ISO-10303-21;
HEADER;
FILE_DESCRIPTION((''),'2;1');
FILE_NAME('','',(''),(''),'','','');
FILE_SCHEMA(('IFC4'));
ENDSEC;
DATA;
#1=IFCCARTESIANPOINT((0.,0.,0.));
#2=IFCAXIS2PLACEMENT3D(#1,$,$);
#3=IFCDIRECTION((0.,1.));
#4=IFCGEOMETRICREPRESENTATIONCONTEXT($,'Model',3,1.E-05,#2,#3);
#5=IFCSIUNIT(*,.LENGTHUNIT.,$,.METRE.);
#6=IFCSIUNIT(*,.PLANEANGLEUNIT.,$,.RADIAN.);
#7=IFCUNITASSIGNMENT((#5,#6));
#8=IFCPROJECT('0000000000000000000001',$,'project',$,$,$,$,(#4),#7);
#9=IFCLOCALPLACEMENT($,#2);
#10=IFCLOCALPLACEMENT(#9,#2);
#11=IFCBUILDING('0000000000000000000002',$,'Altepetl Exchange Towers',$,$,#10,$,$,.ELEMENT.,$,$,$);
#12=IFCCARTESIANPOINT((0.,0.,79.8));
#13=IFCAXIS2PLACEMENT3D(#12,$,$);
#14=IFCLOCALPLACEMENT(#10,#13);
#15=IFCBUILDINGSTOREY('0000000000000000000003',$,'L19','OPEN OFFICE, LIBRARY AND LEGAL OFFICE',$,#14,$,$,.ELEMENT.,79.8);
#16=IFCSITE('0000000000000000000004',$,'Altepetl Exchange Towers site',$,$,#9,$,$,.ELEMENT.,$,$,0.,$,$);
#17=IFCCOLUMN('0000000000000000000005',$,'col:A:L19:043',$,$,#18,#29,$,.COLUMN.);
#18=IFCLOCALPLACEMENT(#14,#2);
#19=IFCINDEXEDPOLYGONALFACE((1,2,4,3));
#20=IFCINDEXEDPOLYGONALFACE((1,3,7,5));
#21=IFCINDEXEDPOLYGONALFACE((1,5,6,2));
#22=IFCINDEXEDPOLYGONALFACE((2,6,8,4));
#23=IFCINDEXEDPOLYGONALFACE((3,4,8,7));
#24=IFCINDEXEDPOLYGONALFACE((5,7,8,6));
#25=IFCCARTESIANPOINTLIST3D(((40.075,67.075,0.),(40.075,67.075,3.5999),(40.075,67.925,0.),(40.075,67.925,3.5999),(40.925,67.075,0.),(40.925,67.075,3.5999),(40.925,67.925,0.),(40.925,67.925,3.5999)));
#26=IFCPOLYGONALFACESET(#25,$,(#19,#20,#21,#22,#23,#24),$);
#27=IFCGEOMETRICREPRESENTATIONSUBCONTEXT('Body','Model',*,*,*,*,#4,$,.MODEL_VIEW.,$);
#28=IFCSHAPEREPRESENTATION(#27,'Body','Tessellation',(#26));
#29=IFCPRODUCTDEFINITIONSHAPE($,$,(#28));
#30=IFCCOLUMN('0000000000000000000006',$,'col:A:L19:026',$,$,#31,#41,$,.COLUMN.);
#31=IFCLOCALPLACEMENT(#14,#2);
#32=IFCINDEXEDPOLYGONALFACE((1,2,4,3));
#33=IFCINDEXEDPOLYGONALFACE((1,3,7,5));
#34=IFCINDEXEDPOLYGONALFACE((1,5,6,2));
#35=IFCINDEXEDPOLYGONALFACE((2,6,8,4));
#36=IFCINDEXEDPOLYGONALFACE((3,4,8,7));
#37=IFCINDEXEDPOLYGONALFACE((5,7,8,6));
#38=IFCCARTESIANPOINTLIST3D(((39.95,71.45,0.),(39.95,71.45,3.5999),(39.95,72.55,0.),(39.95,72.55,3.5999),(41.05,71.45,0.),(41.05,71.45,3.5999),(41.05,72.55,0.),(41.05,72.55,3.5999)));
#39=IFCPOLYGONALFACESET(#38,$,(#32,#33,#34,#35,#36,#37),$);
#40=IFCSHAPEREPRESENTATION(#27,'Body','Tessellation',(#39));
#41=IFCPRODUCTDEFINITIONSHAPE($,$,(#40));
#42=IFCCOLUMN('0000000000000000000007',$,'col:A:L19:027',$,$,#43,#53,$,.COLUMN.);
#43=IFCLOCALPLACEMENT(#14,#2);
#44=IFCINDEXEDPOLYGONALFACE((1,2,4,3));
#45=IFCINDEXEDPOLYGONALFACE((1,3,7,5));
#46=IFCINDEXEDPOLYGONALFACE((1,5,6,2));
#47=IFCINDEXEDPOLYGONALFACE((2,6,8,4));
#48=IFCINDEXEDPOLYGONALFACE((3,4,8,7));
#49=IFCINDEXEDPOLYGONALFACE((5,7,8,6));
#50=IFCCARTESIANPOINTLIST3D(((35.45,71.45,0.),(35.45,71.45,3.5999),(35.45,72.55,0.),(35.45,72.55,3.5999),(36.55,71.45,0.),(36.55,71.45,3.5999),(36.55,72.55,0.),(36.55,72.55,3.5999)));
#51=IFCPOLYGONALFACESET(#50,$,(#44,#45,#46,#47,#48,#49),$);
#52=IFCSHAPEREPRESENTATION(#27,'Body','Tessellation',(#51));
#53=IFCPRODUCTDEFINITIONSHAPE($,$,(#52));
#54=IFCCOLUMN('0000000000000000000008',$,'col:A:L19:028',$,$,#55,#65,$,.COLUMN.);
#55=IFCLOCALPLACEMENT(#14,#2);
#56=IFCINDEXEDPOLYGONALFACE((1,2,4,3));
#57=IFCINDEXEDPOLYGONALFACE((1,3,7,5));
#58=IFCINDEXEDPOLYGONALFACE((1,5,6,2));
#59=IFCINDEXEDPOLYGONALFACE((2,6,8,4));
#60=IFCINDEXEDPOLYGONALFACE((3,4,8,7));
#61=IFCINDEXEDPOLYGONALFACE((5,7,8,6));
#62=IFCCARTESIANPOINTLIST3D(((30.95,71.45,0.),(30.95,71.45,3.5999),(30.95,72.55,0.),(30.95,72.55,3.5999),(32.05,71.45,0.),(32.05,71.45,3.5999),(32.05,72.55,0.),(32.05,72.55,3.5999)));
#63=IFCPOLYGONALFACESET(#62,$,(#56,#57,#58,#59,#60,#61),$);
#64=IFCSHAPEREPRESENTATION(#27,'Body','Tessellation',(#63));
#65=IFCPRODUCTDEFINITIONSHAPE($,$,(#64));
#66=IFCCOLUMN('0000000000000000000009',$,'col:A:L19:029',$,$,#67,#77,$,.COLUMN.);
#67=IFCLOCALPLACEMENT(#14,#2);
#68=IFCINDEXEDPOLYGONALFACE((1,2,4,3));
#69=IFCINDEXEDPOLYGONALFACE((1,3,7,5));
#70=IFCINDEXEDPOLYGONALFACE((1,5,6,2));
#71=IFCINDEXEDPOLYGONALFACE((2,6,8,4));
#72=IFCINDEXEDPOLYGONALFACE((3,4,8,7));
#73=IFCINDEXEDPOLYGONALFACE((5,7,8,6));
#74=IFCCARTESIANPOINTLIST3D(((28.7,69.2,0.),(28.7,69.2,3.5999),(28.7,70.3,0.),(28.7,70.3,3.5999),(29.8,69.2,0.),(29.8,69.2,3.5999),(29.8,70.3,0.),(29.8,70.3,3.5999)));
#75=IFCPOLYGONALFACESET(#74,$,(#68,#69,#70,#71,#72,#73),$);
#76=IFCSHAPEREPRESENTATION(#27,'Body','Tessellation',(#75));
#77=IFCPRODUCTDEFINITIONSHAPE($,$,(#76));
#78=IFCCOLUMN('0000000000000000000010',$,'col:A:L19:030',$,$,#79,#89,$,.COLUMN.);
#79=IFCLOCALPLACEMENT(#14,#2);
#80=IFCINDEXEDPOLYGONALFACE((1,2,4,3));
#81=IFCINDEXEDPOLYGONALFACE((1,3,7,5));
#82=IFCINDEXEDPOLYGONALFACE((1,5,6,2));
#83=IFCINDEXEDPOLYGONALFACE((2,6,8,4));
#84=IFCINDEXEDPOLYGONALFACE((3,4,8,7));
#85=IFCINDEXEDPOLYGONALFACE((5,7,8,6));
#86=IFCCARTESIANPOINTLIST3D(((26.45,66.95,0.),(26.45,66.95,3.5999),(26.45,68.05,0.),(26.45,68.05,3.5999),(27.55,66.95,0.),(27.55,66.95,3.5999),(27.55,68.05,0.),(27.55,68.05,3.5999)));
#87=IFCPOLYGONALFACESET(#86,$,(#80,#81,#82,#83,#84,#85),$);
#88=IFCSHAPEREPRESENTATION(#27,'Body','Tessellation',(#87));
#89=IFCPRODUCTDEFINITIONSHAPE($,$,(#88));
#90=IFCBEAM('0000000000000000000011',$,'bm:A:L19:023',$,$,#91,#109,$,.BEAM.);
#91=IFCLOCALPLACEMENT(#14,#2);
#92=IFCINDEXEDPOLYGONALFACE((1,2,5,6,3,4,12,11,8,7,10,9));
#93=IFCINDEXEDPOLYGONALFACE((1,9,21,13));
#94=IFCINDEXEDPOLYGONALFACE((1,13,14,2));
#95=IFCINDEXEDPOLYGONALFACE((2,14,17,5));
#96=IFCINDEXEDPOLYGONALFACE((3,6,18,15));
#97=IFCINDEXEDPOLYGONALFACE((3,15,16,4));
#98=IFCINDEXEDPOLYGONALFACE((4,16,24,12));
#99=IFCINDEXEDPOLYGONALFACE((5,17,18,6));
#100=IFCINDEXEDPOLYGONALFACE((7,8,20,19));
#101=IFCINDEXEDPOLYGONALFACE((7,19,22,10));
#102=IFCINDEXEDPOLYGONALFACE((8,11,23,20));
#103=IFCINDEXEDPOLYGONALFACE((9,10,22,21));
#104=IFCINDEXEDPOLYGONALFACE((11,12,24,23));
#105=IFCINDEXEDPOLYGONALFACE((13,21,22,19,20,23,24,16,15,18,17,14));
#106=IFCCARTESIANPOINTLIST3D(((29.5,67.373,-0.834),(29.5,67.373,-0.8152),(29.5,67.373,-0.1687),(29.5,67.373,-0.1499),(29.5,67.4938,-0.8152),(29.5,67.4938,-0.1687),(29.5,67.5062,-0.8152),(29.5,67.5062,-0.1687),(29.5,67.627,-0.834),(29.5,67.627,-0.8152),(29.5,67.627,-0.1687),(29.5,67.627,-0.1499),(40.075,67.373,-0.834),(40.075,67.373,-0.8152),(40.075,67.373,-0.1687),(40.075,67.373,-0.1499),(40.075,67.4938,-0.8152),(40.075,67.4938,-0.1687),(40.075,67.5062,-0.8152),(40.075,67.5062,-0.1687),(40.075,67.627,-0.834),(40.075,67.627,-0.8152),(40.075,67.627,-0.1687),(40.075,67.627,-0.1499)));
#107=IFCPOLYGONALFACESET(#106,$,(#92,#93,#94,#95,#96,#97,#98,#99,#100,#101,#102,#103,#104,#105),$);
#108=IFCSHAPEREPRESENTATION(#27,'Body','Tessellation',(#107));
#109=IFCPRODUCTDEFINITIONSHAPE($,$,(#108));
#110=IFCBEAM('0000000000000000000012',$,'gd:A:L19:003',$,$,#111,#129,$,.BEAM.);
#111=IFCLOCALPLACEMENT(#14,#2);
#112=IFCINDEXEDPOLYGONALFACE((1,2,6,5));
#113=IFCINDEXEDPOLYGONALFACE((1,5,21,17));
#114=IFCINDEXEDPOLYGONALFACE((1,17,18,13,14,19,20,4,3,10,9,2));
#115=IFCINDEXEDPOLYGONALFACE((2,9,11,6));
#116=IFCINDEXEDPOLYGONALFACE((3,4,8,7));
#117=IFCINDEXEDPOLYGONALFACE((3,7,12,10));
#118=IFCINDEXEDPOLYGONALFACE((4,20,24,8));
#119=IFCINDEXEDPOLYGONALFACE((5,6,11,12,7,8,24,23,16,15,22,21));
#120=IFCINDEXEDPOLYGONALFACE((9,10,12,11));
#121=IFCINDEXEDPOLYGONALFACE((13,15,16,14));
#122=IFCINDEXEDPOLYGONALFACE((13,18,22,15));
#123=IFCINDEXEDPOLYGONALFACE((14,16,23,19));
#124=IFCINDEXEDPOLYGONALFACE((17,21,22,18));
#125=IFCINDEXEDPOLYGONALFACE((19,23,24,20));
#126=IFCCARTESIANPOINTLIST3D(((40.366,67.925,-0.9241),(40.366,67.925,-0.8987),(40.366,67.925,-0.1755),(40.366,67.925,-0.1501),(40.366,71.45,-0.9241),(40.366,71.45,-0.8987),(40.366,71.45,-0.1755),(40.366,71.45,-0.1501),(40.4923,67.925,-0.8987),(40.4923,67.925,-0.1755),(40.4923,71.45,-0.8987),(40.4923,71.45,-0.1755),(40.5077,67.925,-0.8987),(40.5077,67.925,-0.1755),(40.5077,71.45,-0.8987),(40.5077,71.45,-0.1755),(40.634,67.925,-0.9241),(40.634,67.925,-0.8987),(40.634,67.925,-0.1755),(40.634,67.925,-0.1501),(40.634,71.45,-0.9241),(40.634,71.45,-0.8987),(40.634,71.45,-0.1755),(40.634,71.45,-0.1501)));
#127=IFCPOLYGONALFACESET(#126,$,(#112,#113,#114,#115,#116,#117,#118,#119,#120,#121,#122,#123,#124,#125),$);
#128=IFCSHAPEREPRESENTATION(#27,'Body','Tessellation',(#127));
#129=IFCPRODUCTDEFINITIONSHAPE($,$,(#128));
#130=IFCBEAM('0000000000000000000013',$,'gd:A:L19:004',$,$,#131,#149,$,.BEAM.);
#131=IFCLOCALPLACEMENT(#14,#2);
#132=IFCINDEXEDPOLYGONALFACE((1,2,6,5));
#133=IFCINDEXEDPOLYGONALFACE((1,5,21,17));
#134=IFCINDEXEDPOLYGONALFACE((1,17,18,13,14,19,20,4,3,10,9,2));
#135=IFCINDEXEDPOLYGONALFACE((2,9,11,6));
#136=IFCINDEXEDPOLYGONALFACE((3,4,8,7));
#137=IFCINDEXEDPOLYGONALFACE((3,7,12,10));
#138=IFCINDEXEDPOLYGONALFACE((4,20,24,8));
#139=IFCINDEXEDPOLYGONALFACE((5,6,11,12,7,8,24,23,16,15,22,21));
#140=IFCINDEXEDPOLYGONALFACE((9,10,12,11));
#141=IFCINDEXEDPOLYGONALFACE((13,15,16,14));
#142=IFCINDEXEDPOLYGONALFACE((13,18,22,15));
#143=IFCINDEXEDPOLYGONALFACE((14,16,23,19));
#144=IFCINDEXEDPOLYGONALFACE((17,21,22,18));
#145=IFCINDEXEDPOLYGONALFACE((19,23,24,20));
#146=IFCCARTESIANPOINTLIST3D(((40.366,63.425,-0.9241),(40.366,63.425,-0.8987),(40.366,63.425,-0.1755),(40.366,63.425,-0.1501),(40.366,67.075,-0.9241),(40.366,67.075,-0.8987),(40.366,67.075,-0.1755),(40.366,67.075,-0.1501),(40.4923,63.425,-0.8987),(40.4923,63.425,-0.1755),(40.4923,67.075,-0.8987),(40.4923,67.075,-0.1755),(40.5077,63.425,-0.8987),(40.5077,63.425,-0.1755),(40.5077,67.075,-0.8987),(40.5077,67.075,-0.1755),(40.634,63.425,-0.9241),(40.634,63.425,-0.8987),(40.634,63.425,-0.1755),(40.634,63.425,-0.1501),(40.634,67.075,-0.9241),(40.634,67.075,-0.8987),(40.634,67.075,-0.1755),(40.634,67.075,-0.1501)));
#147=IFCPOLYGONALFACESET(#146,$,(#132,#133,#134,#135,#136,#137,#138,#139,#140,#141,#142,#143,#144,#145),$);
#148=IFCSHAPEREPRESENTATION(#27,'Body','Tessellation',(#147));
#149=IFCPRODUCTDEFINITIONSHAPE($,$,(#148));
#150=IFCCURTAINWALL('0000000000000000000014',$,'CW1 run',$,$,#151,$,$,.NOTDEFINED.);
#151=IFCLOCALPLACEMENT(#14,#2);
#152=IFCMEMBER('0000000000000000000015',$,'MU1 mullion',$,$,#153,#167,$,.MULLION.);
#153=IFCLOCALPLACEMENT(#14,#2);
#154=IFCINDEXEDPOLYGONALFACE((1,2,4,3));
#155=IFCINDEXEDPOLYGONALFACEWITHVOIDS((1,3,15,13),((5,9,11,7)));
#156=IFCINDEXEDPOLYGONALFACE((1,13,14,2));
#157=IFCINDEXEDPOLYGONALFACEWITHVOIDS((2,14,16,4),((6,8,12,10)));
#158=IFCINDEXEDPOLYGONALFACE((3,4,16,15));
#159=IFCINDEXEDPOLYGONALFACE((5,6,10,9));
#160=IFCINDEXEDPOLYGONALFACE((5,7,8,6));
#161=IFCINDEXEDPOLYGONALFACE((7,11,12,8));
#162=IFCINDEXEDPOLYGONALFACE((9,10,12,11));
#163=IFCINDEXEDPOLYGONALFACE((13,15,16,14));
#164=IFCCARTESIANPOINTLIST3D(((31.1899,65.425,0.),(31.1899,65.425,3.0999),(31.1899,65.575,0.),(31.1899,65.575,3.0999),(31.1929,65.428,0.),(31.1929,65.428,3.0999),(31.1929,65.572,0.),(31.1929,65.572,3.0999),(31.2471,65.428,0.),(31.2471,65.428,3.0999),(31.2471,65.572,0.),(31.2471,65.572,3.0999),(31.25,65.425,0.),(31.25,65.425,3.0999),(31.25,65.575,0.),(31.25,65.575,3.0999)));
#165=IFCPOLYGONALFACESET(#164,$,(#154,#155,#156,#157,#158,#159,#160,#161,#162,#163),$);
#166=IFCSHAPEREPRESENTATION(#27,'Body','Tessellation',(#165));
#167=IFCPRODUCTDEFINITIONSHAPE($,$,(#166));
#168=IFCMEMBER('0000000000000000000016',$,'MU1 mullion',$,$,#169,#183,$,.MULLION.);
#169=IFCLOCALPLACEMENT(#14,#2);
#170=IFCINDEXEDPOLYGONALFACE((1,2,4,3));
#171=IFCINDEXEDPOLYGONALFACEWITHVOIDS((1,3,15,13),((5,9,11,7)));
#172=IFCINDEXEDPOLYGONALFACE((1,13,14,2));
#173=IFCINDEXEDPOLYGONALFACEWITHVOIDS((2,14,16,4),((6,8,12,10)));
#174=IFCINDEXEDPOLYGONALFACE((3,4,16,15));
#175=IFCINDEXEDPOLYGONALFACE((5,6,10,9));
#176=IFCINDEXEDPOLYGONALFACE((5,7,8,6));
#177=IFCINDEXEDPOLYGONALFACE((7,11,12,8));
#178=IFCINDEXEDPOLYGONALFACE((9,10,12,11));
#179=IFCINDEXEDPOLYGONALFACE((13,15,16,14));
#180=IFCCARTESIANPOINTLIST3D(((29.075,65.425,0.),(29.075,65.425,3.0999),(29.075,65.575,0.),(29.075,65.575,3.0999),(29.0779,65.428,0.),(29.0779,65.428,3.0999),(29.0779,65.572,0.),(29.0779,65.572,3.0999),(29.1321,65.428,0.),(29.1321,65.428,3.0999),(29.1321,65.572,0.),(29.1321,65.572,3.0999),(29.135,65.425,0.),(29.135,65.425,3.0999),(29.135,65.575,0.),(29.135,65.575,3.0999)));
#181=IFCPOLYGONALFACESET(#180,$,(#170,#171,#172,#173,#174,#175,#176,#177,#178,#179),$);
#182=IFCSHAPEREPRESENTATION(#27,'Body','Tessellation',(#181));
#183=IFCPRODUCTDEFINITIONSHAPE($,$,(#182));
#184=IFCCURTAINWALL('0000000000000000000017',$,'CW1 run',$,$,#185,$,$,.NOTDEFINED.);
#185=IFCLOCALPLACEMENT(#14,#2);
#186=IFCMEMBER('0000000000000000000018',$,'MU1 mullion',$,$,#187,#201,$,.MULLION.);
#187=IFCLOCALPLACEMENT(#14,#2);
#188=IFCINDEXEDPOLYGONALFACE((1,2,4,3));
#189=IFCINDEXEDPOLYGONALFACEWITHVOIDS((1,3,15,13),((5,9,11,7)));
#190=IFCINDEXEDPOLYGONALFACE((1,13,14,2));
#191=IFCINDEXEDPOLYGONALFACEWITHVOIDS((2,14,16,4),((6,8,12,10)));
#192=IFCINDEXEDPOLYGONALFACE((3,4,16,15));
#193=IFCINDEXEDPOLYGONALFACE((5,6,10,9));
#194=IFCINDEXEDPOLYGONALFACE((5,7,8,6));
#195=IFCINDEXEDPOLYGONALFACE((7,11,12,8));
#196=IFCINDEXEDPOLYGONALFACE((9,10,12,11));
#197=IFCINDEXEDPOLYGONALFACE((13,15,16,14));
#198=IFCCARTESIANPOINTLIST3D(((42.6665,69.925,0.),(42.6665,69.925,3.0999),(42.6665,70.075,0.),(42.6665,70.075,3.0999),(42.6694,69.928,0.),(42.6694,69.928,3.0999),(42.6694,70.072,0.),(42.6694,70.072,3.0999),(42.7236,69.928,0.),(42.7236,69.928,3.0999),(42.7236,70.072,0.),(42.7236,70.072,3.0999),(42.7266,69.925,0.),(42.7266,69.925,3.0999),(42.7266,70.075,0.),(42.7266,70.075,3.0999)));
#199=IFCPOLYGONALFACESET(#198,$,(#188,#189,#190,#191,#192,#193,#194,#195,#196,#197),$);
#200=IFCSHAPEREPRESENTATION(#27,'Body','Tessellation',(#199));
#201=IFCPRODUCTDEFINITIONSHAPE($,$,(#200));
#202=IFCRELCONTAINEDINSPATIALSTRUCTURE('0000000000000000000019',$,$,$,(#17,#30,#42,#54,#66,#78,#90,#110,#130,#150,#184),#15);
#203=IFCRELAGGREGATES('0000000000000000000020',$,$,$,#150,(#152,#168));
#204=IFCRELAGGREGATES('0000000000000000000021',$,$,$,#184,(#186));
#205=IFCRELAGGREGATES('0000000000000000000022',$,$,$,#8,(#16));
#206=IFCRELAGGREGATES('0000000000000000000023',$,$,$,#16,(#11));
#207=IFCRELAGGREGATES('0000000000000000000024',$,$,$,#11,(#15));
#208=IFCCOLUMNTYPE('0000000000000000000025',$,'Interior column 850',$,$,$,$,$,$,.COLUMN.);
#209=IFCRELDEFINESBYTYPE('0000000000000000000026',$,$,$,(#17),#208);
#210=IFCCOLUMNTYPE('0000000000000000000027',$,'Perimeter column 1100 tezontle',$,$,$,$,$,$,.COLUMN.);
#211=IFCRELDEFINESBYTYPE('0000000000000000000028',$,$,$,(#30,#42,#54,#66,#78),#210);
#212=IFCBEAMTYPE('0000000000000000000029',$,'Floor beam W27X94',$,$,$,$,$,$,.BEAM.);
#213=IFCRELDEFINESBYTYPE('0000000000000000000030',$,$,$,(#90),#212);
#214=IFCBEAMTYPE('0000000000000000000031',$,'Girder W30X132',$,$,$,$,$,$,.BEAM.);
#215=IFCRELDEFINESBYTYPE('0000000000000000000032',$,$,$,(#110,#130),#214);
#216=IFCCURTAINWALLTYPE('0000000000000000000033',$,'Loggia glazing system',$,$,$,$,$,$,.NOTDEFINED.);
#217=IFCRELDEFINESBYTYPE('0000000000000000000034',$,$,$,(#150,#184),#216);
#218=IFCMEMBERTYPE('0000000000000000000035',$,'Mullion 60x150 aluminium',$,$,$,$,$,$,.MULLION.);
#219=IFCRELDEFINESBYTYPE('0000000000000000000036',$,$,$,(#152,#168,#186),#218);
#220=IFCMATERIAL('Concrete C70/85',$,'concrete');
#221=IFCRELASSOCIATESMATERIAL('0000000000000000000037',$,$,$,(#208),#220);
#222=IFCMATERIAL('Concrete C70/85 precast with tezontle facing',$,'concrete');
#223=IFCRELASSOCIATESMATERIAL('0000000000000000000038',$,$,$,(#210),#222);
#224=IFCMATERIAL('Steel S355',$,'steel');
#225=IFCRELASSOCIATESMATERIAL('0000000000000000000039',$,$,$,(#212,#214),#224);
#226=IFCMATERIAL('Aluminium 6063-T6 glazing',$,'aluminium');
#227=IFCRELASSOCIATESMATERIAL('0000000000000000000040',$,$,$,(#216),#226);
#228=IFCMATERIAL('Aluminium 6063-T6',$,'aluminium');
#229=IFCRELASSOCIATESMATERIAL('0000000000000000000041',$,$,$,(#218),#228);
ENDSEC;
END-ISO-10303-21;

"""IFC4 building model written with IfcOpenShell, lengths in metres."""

from ifc_helpers import new_model, si_unit, direction, frame, origin, origin_2d, place, context, subcontext, project, spatial, rectangle, hollow_rectangle, i_section, extrude, material, material_profile, profile_set, type_object, element, aggregate, save


model = new_model("IFC4")

# Units and contexts
model_context = context("Model", 3, precision=1e-05, world=origin(), true_north=direction((0.0, 1.0)))
body_context = subcontext(model_context, "Body", "Model", "MODEL_VIEW")
ifc_project = project(units=[si_unit("LENGTHUNIT", "METRE"), si_unit("PLANEANGLEUNIT", "RADIAN")], contexts=[model_context])

# Site, building, storey
site_placement = place(None, origin())
site = spatial("IfcSite", under=ifc_project, at=site_placement, Name="Altepetl Exchange Towers site", CompositionType="ELEMENT", RefElevation=0.0)
building_placement = place(site_placement, origin())
building = spatial("IfcBuilding", under=site, at=building_placement, Name="Altepetl Exchange Towers", CompositionType="ELEMENT")
storey_placement = place(building_placement, frame((0.0, 0.0, 79.8)))
storey = spatial("IfcBuildingStorey", under=building, at=storey_placement, Name="L19", Description="OPEN OFFICE, LIBRARY AND LEGAL OFFICE", CompositionType="ELEMENT", Elevation=79.8)

# Columns
ifc_material_1 = material(Name="Concrete C70/85", Category="concrete")
ifc_material_profile_1 = material_profile(ifc_material_1, rectangle(XDim=0.8501, YDim=0.8501, at=origin_2d()), Name="850 x 850")
ifc_profile_set_1 = profile_set([ifc_material_profile_1], Name="Concrete C70/85")
column_type_1 = type_object("IfcColumnType", Name="Interior column 850", PredefinedType="COLUMN", material=ifc_profile_set_1)
column_placement = place(storey_placement, frame((40.5, 67.5, 0.0)))
element("IfcColumn", 1, at=column_placement, inside=storey, type_object=column_type_1, Name="col:A:L19:043", PredefinedType="COLUMN", context=body_context, shape_type="SweptSolid", body=[
    extrude(rectangle(XDim=0.8501, YDim=0.8501, at=origin_2d()), origin(), (0.0, 0.0, 1.0), 3.5999),
])
ifc_material_2 = material(Name="Concrete C70/85 precast with tezontle facing", Category="concrete")
ifc_material_profile_2 = material_profile(ifc_material_2, rectangle(XDim=1.1001, YDim=1.1001, at=origin_2d()), Name="1100 x 1100")
ifc_profile_set_2 = profile_set([ifc_material_profile_2], Name="Concrete C70/85 precast with tezontle facing")
column_type_2 = type_object("IfcColumnType", Name="Perimeter column 1100 tezontle", PredefinedType="COLUMN", material=ifc_profile_set_2)
for number, where, name in (
    (2, (40.5, 72.0, 0.0), "col:A:L19:026"),
    (3, (36.0, 72.0, 0.0), "col:A:L19:027"),
    (4, (31.5, 72.0, 0.0), "col:A:L19:028"),
    (5, (29.25, 69.75, 0.0), "col:A:L19:029"),
    (6, (27.0, 67.5, 0.0), "col:A:L19:030"),
):
    element("IfcColumn", number, at=place(storey_placement, frame(where)), inside=storey, type_object=column_type_2, Name=name, PredefinedType="COLUMN", context=body_context, shape_type="SweptSolid", body=[
        extrude(rectangle(XDim=1.1001, YDim=1.1001, at=origin_2d()), origin(), (0.0, 0.0, 1.0), 3.5999),
    ])

# Beams
ifc_material_3 = material(Name="Steel S355", Category="steel")
ifc_material_profile_3 = material_profile(ifc_material_3, i_section(OverallWidth=0.2539, OverallDepth=0.6841, WebThickness=0.0125, FlangeThickness=0.0188, at=origin_2d()), Name="W27X94")
ifc_profile_set_3 = profile_set([ifc_material_profile_3], Name="Steel S355")
beam_type_1 = type_object("IfcBeamType", Name="Floor beam W27X94", PredefinedType="BEAM", material=ifc_profile_set_3)
beam_1_placement = place(storey_placement, frame((29.5, 67.5, -0.4919), z_axis=(1.0, 0.0, 0.0), x_axis=(0.0, 1.0, 0.0)))
element("IfcBeam", 7, at=beam_1_placement, inside=storey, type_object=beam_type_1, Name="bm:A:L19:023", PredefinedType="BEAM", context=body_context, shape_type="SweptSolid", body=[
    extrude(i_section(OverallWidth=0.2539, OverallDepth=0.6841, WebThickness=0.0125, FlangeThickness=0.0188, at=origin_2d()), origin(), (0.0, 0.0, 1.0), 10.575),
])
ifc_material_profile_4 = material_profile(ifc_material_3, i_section(OverallWidth=0.2681, OverallDepth=0.7739, WebThickness=0.0154, FlangeThickness=0.0254, at=origin_2d()), Name="W30X132")
ifc_profile_set_4 = profile_set([ifc_material_profile_4], Name="Steel S355")
beam_type_2 = type_object("IfcBeamType", Name="Girder W30X132", PredefinedType="BEAM", material=ifc_profile_set_4)
beam_2_placement = place(storey_placement, frame((40.5, 71.45, -0.5371), z_axis=(0.0, -1.0, 0.0), x_axis=(1.0, 0.0, 0.0)))
element("IfcBeam", 8, at=beam_2_placement, inside=storey, type_object=beam_type_2, Name="gd:A:L19:003", PredefinedType="BEAM", context=body_context, shape_type="SweptSolid", body=[
    extrude(i_section(OverallWidth=0.2681, OverallDepth=0.7739, WebThickness=0.0154, FlangeThickness=0.0254, at=origin_2d()), origin(), (0.0, 0.0, 1.0), 3.5249),
])
beam_3_placement = place(storey_placement, frame((40.5, 67.075, -0.5371), z_axis=(0.0, -1.0, 0.0), x_axis=(1.0, 0.0, 0.0)))
element("IfcBeam", 9, at=beam_3_placement, inside=storey, type_object=beam_type_2, Name="gd:A:L19:004", PredefinedType="BEAM", context=body_context, shape_type="SweptSolid", body=[
    extrude(i_section(OverallWidth=0.2681, OverallDepth=0.7739, WebThickness=0.0154, FlangeThickness=0.0254, at=origin_2d()), origin(), (0.0, 0.0, 1.0), 3.6499),
])

# Curtain walls, members
ifc_material_4 = material(Name="Aluminium 6063-T6 glazing", Category="aluminium")
curtain_wall_type = type_object("IfcCurtainWallType", Name="Loggia glazing system", PredefinedType="NOTDEFINED", material=ifc_material_4)
curtain_wall_1_placement = place(storey_placement, origin())
curtain_wall_1 = element("IfcCurtainWall", 10, at=curtain_wall_1_placement, inside=storey, type_object=curtain_wall_type, Name="CW1 run", PredefinedType="NOTDEFINED")
ifc_material_5 = material(Name="Aluminium 6063-T6", Category="aluminium")
ifc_material_profile_5 = material_profile(ifc_material_5, hollow_rectangle(XDim=0.0601, YDim=0.1499, WallThickness=0.0029, at=origin_2d()), Name="Mullion 60x150 aluminium")
ifc_profile_set_5 = profile_set([ifc_material_profile_5], Name="Aluminium 6063-T6")
member_type = type_object("IfcMemberType", Name="Mullion 60x150 aluminium", PredefinedType="MULLION", material=ifc_profile_set_5)
member_1_placement = place(storey_placement, frame((31.22, 65.5, 0.0), z_axis=(0.0, 0.0, 1.0), x_axis=(-1.0, 0.0, 0.0)))
member_1 = element("IfcMember", 11, at=member_1_placement, type_object=member_type, Name="MU1 mullion", PredefinedType="MULLION", context=body_context, shape_type="SweptSolid", body=[
    extrude(hollow_rectangle(XDim=0.0601, YDim=0.1499, WallThickness=0.0029, at=origin_2d()), origin(), (0.0, 0.0, 1.0), 3.0999),
])
member_2_placement = place(storey_placement, frame((29.105, 65.5, 0.0), z_axis=(0.0, 0.0, 1.0), x_axis=(-1.0, 0.0, 0.0)))
member_2 = element("IfcMember", 12, at=member_2_placement, type_object=member_type, Name="MU1 mullion", PredefinedType="MULLION", context=body_context, shape_type="SweptSolid", body=[
    extrude(hollow_rectangle(XDim=0.0601, YDim=0.1499, WallThickness=0.0029, at=origin_2d()), origin(), (0.0, 0.0, 1.0), 3.0999),
])
curtain_wall_2_placement = place(storey_placement, origin())
curtain_wall_2 = element("IfcCurtainWall", 13, at=curtain_wall_2_placement, inside=storey, type_object=curtain_wall_type, Name="CW1 run", PredefinedType="NOTDEFINED")
member_3_placement = place(storey_placement, frame((42.6965, 70.0, 0.0), z_axis=(0.0, 0.0, 1.0), x_axis=(-1.0, 0.0, 0.0)))
member_3 = element("IfcMember", 14, at=member_3_placement, type_object=member_type, Name="MU1 mullion", PredefinedType="MULLION", context=body_context, shape_type="SweptSolid", body=[
    extrude(hollow_rectangle(XDim=0.0601, YDim=0.1499, WallThickness=0.0029, at=origin_2d()), origin(), (0.0, 0.0, 1.0), 3.0999),
])

aggregate(curtain_wall_1, [member_1, member_2])
aggregate(curtain_wall_2, [member_3])

save(model, "model.ifc")
